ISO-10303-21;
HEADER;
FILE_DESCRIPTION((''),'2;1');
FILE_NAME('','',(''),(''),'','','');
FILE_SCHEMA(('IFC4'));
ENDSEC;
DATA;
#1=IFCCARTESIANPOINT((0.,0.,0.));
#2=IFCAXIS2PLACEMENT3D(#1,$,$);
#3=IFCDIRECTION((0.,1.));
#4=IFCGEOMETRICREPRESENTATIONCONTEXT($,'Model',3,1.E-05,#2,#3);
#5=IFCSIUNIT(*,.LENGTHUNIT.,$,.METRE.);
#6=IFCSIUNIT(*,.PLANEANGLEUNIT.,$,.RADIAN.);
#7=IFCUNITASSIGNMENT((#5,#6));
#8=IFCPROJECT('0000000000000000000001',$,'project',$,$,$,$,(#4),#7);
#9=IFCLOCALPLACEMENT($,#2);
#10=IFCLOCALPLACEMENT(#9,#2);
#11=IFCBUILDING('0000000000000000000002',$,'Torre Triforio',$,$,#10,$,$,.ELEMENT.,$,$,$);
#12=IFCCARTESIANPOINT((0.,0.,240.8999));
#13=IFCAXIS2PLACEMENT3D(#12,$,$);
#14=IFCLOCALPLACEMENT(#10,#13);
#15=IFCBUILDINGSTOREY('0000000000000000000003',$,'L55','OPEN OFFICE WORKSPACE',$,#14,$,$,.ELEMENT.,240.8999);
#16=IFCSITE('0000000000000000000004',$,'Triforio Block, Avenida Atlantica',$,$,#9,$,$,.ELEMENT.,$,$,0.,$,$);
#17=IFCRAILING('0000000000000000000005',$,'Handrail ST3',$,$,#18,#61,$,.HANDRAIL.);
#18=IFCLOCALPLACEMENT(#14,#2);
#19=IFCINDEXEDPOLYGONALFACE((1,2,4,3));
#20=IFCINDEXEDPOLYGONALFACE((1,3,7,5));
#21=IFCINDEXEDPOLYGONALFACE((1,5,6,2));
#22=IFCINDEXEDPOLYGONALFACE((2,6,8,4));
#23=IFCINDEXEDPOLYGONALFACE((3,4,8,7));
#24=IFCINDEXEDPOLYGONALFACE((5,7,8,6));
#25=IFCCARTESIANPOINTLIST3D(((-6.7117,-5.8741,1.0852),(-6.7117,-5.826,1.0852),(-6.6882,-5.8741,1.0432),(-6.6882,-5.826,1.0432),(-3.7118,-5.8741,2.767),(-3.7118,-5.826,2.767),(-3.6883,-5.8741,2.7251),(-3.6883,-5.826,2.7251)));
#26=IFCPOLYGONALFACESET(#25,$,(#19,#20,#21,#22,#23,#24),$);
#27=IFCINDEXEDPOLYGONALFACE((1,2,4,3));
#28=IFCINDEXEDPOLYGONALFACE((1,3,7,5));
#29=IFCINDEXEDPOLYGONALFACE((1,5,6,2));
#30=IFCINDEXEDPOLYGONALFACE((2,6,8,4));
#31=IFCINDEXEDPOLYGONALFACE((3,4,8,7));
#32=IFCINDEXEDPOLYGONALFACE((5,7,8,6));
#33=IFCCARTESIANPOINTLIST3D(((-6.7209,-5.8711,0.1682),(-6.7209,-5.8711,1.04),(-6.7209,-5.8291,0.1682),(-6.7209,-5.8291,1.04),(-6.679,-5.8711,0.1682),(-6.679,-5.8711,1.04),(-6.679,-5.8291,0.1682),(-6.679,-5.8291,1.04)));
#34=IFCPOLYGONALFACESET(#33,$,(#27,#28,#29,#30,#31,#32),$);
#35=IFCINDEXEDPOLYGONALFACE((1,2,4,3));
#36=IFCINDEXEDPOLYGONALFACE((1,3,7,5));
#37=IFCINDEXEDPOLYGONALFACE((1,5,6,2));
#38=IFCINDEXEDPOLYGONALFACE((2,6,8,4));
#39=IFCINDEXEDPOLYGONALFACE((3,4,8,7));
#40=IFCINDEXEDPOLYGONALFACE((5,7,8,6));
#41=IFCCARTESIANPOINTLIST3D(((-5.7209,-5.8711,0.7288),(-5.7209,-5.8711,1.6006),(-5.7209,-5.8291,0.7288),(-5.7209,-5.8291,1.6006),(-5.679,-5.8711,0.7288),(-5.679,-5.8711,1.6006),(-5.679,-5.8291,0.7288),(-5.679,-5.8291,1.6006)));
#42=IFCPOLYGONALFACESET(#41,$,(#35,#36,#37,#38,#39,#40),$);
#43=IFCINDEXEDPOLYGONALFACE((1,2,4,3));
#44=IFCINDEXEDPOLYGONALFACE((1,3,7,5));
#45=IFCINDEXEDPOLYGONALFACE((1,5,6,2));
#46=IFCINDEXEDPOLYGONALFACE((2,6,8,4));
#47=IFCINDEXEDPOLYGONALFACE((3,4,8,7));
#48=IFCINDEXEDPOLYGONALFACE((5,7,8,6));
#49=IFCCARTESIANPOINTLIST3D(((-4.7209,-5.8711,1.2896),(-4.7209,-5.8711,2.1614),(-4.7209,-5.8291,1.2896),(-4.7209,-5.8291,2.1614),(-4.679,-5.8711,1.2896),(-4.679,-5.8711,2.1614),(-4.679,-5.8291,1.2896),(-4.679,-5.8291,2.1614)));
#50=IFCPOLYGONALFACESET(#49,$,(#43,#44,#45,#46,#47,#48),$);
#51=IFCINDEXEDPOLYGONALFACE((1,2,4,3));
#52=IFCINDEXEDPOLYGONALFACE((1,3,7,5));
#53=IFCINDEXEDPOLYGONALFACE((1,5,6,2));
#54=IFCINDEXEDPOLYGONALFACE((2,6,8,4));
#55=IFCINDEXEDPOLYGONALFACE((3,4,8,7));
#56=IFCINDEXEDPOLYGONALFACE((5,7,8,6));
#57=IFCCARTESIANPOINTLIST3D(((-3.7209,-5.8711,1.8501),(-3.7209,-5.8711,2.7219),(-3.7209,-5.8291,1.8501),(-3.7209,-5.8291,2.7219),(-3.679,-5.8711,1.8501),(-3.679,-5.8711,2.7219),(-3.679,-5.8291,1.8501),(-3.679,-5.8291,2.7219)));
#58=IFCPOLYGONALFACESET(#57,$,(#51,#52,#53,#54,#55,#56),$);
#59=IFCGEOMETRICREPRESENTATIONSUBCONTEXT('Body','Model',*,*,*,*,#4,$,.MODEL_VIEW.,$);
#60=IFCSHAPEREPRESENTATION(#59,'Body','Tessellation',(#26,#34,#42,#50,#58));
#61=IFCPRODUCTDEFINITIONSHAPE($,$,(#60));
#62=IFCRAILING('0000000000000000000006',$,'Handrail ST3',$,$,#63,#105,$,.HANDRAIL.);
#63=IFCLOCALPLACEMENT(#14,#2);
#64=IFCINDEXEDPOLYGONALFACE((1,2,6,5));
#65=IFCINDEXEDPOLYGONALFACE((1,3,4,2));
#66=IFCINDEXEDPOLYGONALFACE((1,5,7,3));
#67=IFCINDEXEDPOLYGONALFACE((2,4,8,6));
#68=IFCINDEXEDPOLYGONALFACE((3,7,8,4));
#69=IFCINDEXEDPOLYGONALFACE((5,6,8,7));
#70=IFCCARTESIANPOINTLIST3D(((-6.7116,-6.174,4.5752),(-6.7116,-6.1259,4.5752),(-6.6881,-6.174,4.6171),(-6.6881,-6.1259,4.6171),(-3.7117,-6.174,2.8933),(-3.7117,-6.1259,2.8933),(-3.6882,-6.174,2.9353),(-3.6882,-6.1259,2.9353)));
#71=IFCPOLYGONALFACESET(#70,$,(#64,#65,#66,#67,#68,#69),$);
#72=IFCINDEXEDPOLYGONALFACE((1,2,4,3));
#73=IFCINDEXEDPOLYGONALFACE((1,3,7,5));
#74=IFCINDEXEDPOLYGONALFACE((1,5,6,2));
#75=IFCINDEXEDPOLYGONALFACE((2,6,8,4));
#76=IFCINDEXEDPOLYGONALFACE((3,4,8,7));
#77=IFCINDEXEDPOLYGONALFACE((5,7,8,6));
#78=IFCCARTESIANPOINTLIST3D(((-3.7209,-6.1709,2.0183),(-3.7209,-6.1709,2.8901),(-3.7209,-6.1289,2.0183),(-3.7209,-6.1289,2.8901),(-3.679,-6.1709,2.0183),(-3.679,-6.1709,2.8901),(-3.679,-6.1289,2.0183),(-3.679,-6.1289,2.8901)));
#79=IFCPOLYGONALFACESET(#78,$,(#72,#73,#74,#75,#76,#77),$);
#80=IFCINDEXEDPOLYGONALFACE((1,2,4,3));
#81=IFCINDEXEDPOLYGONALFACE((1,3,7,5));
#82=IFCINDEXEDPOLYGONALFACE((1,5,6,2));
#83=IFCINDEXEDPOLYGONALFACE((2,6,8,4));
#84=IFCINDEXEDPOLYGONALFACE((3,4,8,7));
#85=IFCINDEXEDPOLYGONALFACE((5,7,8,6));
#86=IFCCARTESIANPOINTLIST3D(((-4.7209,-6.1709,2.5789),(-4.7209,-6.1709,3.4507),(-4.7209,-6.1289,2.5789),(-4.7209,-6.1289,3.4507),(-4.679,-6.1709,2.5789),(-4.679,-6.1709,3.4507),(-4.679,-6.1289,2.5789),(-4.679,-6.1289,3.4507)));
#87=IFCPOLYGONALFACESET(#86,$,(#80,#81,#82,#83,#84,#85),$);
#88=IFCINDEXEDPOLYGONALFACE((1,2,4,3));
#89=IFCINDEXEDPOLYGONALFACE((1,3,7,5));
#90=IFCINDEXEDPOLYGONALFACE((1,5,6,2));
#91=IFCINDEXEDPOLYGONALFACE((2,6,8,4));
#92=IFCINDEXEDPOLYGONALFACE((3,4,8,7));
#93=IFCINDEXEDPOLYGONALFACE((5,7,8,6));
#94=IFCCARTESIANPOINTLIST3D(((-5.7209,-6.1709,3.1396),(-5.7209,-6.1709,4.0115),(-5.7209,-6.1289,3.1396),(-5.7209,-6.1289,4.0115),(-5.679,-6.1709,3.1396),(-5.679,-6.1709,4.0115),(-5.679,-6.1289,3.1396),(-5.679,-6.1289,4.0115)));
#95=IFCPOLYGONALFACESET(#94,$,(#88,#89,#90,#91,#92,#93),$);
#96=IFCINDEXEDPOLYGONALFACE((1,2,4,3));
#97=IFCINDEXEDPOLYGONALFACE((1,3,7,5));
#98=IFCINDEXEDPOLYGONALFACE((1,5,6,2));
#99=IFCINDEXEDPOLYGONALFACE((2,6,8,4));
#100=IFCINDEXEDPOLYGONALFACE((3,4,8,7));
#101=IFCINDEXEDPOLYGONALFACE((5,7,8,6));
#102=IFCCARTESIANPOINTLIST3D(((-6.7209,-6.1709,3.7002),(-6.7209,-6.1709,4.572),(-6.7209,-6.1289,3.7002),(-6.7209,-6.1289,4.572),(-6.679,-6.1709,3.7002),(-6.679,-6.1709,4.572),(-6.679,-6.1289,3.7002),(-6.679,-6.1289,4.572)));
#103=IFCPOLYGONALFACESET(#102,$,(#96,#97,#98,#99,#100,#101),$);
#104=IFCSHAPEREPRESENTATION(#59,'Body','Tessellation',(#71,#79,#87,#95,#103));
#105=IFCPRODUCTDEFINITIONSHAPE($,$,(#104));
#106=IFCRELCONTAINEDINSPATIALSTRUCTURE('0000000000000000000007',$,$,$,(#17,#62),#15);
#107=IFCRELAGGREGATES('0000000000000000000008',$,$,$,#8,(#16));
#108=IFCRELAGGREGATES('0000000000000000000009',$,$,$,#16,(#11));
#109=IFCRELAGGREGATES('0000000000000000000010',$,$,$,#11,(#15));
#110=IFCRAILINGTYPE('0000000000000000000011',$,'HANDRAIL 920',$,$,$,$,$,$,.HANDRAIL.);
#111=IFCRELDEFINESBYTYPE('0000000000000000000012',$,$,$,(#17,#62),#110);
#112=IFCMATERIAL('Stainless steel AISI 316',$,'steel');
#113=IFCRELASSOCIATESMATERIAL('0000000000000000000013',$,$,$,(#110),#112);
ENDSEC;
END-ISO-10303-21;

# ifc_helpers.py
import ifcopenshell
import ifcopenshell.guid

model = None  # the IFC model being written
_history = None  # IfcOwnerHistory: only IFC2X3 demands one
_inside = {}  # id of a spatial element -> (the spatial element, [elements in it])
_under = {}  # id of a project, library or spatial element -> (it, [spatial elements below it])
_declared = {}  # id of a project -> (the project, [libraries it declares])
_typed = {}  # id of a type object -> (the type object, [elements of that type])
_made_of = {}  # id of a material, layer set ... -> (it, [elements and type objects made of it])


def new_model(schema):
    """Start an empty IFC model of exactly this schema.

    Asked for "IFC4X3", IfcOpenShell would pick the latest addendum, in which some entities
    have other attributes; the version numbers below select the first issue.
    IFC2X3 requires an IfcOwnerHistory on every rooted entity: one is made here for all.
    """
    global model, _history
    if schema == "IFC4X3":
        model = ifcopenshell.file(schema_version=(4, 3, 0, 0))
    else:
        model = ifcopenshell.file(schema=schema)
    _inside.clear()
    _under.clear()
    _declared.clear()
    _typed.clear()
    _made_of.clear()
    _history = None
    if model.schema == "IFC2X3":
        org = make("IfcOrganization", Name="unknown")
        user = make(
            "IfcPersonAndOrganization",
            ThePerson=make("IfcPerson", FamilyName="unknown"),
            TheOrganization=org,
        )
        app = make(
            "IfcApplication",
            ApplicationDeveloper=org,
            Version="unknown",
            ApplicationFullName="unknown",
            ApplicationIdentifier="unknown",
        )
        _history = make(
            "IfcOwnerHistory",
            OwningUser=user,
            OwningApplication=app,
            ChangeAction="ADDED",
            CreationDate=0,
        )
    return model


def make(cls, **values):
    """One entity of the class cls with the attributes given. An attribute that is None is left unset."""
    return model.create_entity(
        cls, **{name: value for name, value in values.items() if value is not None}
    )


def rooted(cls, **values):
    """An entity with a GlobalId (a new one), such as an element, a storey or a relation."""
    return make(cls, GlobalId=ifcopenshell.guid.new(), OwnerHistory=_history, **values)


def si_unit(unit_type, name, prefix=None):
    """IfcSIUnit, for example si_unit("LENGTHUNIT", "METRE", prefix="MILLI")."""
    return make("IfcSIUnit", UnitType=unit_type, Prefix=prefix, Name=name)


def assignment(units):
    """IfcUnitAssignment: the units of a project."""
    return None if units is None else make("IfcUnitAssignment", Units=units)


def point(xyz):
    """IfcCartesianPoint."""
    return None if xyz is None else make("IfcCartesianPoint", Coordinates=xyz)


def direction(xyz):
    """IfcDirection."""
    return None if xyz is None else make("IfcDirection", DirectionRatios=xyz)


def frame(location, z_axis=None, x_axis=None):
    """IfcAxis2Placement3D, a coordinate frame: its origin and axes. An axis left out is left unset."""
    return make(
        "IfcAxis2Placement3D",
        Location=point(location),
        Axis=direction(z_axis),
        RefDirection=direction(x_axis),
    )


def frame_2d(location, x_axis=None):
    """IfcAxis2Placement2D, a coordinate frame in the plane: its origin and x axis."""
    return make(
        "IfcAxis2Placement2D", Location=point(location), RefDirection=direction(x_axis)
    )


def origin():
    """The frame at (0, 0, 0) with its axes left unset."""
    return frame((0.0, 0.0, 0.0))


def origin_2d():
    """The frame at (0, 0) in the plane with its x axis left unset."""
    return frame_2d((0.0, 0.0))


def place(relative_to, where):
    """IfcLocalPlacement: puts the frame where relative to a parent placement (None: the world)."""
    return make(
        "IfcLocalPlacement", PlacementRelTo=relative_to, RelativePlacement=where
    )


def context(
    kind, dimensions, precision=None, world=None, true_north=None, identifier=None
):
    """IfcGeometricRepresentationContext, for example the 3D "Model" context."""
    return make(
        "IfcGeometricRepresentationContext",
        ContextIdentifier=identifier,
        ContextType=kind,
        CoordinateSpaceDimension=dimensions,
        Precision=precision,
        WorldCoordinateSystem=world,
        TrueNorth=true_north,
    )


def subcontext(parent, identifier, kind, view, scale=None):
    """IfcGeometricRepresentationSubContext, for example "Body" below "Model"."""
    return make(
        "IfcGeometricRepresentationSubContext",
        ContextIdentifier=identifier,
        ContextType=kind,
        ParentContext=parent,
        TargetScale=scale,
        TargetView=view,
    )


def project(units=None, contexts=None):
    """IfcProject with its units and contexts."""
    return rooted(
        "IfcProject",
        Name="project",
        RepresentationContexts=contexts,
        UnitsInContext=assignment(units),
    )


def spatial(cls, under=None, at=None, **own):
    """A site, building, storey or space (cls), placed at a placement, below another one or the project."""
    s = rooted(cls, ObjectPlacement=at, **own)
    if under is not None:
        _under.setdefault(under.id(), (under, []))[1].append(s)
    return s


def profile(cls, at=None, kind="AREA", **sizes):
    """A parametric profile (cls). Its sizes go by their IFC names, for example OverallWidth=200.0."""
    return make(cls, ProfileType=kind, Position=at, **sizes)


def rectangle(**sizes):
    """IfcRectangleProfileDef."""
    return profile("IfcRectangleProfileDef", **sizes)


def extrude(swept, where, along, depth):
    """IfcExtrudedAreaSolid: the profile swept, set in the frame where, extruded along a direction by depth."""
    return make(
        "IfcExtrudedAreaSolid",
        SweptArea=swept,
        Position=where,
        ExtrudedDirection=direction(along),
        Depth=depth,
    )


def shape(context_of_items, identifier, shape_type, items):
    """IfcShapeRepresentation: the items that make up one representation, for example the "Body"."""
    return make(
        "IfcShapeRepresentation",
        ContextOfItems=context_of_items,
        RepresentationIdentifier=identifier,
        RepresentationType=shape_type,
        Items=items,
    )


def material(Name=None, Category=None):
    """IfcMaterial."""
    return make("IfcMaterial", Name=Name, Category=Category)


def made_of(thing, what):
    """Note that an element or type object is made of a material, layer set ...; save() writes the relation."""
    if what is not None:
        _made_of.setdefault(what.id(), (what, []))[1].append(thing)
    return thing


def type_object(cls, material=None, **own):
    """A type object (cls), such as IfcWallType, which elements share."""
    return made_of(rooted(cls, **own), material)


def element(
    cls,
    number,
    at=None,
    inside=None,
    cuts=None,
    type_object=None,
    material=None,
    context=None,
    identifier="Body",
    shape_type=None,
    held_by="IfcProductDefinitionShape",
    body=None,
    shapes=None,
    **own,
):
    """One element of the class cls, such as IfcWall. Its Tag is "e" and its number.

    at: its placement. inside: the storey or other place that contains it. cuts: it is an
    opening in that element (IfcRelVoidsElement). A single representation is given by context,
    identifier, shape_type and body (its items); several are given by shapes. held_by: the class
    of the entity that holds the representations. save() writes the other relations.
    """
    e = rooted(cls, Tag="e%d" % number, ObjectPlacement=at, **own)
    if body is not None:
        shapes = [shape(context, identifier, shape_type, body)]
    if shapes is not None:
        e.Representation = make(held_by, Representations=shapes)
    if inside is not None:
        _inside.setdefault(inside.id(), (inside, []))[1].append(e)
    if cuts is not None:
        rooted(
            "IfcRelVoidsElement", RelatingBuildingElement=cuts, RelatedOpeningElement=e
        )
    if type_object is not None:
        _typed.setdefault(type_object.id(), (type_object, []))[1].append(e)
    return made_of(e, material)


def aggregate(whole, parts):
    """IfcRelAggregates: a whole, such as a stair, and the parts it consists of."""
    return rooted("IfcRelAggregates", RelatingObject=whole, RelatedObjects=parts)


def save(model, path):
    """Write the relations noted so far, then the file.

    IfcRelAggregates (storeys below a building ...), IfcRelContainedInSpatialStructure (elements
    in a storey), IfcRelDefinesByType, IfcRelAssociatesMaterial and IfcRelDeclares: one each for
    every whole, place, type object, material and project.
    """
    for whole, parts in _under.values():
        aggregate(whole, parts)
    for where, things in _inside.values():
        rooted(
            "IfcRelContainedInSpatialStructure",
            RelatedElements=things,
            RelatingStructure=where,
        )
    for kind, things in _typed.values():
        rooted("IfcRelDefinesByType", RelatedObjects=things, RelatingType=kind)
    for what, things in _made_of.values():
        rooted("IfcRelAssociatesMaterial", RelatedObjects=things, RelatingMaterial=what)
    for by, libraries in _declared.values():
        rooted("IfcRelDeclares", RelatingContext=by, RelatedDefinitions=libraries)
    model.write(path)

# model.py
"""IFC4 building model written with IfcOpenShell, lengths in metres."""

from ifc_helpers import new_model, si_unit, direction, frame, origin, origin_2d, place, context, subcontext, project, spatial, rectangle, extrude, material, type_object, element, save


model = new_model("IFC4")

# Units and contexts
model_context = context("Model", 3, precision=1e-05, world=origin(), true_north=direction((0.0, 1.0)))
body_context = subcontext(model_context, "Body", "Model", "MODEL_VIEW")
ifc_project = project(units=[si_unit("LENGTHUNIT", "METRE"), si_unit("PLANEANGLEUNIT", "RADIAN")], contexts=[model_context])

# Site, building, storey
site_placement = place(None, origin())
site = spatial("IfcSite", under=ifc_project, at=site_placement, Name="Triforio Block, Avenida Atlantica", CompositionType="ELEMENT", RefElevation=0.0)
building_placement = place(site_placement, origin())
building = spatial("IfcBuilding", under=site, at=building_placement, Name="Torre Triforio", CompositionType="ELEMENT")
storey_placement = place(building_placement, frame((0.0, 0.0, 240.8999)))
storey = spatial("IfcBuildingStorey", under=building, at=storey_placement, Name="L55", Description="OPEN OFFICE WORKSPACE", CompositionType="ELEMENT", Elevation=240.8999)

# Railings
ifc_material_1 = material(Name="Stainless steel AISI 316", Category="steel")
railing_type = type_object("IfcRailingType", Name="HANDRAIL 920", PredefinedType="HANDRAIL", material=ifc_material_1)
for number, where, name in (
    (1, (-6.7, -5.8501, 0.1682), "Handrail ST3"),
):
    element("IfcRailing", number, at=place(storey_placement, frame(where)), inside=storey, type_object=railing_type, Name=name, PredefinedType="HANDRAIL", context=body_context, shape_type="SweptSolid", body=[
        extrude(rectangle(XDim=0.0481, YDim=0.0481, at=origin_2d()), frame((0.0, 0.0, 0.896), z_axis=(0.872272, 0.0, 0.48902), x_axis=(0.0, 1.0, 0.0)), (0.0, 0.0, 1.0), 3.4392),
        extrude(rectangle(XDim=0.042, YDim=0.042, at=origin_2d()), origin(), (0.0, 0.0, 1.0), 0.8718),
        extrude(rectangle(XDim=0.042, YDim=0.042, at=origin_2d()), frame((1.0, 0.0, 0.5605)), (0.0, 0.0, 1.0), 0.8718),
        extrude(rectangle(XDim=0.042, YDim=0.042, at=origin_2d()), frame((2.0, 0.0, 1.1213)), (0.0, 0.0, 1.0), 0.8718),
        extrude(rectangle(XDim=0.042, YDim=0.042, at=origin_2d()), frame((3.0, 0.0, 1.6819)), (0.0, 0.0, 1.0), 0.8718),
    ])
railing_placement = place(storey_placement, frame((-3.7, -6.1499, 2.0183)))
element("IfcRailing", 2, at=railing_placement, inside=storey, type_object=railing_type, Name="Handrail ST3", PredefinedType="HANDRAIL", context=body_context, shape_type="SweptSolid", body=[
    extrude(rectangle(XDim=0.0481, YDim=0.0481, at=origin_2d()), frame((0.0, 0.0, 0.896), z_axis=(-0.872272, 0.0, 0.48902), x_axis=(0.0, -1.0, 0.0)), (0.0, 0.0, 1.0), 3.4392),
    extrude(rectangle(XDim=0.042, YDim=0.042, at=origin_2d()), origin(), (0.0, 0.0, 1.0), 0.8718),
    extrude(rectangle(XDim=0.042, YDim=0.042, at=origin_2d()), frame((-1.0, 0.0, 0.5605)), (0.0, 0.0, 1.0), 0.8718),
    extrude(rectangle(XDim=0.042, YDim=0.042, at=origin_2d()), frame((-2.0, 0.0, 1.1213)), (0.0, 0.0, 1.0), 0.8718),
    extrude(rectangle(XDim=0.042, YDim=0.042, at=origin_2d()), frame((-3.0, 0.0, 1.6819)), (0.0, 0.0, 1.0), 0.8718),
])

save(model, "model.ifc")
